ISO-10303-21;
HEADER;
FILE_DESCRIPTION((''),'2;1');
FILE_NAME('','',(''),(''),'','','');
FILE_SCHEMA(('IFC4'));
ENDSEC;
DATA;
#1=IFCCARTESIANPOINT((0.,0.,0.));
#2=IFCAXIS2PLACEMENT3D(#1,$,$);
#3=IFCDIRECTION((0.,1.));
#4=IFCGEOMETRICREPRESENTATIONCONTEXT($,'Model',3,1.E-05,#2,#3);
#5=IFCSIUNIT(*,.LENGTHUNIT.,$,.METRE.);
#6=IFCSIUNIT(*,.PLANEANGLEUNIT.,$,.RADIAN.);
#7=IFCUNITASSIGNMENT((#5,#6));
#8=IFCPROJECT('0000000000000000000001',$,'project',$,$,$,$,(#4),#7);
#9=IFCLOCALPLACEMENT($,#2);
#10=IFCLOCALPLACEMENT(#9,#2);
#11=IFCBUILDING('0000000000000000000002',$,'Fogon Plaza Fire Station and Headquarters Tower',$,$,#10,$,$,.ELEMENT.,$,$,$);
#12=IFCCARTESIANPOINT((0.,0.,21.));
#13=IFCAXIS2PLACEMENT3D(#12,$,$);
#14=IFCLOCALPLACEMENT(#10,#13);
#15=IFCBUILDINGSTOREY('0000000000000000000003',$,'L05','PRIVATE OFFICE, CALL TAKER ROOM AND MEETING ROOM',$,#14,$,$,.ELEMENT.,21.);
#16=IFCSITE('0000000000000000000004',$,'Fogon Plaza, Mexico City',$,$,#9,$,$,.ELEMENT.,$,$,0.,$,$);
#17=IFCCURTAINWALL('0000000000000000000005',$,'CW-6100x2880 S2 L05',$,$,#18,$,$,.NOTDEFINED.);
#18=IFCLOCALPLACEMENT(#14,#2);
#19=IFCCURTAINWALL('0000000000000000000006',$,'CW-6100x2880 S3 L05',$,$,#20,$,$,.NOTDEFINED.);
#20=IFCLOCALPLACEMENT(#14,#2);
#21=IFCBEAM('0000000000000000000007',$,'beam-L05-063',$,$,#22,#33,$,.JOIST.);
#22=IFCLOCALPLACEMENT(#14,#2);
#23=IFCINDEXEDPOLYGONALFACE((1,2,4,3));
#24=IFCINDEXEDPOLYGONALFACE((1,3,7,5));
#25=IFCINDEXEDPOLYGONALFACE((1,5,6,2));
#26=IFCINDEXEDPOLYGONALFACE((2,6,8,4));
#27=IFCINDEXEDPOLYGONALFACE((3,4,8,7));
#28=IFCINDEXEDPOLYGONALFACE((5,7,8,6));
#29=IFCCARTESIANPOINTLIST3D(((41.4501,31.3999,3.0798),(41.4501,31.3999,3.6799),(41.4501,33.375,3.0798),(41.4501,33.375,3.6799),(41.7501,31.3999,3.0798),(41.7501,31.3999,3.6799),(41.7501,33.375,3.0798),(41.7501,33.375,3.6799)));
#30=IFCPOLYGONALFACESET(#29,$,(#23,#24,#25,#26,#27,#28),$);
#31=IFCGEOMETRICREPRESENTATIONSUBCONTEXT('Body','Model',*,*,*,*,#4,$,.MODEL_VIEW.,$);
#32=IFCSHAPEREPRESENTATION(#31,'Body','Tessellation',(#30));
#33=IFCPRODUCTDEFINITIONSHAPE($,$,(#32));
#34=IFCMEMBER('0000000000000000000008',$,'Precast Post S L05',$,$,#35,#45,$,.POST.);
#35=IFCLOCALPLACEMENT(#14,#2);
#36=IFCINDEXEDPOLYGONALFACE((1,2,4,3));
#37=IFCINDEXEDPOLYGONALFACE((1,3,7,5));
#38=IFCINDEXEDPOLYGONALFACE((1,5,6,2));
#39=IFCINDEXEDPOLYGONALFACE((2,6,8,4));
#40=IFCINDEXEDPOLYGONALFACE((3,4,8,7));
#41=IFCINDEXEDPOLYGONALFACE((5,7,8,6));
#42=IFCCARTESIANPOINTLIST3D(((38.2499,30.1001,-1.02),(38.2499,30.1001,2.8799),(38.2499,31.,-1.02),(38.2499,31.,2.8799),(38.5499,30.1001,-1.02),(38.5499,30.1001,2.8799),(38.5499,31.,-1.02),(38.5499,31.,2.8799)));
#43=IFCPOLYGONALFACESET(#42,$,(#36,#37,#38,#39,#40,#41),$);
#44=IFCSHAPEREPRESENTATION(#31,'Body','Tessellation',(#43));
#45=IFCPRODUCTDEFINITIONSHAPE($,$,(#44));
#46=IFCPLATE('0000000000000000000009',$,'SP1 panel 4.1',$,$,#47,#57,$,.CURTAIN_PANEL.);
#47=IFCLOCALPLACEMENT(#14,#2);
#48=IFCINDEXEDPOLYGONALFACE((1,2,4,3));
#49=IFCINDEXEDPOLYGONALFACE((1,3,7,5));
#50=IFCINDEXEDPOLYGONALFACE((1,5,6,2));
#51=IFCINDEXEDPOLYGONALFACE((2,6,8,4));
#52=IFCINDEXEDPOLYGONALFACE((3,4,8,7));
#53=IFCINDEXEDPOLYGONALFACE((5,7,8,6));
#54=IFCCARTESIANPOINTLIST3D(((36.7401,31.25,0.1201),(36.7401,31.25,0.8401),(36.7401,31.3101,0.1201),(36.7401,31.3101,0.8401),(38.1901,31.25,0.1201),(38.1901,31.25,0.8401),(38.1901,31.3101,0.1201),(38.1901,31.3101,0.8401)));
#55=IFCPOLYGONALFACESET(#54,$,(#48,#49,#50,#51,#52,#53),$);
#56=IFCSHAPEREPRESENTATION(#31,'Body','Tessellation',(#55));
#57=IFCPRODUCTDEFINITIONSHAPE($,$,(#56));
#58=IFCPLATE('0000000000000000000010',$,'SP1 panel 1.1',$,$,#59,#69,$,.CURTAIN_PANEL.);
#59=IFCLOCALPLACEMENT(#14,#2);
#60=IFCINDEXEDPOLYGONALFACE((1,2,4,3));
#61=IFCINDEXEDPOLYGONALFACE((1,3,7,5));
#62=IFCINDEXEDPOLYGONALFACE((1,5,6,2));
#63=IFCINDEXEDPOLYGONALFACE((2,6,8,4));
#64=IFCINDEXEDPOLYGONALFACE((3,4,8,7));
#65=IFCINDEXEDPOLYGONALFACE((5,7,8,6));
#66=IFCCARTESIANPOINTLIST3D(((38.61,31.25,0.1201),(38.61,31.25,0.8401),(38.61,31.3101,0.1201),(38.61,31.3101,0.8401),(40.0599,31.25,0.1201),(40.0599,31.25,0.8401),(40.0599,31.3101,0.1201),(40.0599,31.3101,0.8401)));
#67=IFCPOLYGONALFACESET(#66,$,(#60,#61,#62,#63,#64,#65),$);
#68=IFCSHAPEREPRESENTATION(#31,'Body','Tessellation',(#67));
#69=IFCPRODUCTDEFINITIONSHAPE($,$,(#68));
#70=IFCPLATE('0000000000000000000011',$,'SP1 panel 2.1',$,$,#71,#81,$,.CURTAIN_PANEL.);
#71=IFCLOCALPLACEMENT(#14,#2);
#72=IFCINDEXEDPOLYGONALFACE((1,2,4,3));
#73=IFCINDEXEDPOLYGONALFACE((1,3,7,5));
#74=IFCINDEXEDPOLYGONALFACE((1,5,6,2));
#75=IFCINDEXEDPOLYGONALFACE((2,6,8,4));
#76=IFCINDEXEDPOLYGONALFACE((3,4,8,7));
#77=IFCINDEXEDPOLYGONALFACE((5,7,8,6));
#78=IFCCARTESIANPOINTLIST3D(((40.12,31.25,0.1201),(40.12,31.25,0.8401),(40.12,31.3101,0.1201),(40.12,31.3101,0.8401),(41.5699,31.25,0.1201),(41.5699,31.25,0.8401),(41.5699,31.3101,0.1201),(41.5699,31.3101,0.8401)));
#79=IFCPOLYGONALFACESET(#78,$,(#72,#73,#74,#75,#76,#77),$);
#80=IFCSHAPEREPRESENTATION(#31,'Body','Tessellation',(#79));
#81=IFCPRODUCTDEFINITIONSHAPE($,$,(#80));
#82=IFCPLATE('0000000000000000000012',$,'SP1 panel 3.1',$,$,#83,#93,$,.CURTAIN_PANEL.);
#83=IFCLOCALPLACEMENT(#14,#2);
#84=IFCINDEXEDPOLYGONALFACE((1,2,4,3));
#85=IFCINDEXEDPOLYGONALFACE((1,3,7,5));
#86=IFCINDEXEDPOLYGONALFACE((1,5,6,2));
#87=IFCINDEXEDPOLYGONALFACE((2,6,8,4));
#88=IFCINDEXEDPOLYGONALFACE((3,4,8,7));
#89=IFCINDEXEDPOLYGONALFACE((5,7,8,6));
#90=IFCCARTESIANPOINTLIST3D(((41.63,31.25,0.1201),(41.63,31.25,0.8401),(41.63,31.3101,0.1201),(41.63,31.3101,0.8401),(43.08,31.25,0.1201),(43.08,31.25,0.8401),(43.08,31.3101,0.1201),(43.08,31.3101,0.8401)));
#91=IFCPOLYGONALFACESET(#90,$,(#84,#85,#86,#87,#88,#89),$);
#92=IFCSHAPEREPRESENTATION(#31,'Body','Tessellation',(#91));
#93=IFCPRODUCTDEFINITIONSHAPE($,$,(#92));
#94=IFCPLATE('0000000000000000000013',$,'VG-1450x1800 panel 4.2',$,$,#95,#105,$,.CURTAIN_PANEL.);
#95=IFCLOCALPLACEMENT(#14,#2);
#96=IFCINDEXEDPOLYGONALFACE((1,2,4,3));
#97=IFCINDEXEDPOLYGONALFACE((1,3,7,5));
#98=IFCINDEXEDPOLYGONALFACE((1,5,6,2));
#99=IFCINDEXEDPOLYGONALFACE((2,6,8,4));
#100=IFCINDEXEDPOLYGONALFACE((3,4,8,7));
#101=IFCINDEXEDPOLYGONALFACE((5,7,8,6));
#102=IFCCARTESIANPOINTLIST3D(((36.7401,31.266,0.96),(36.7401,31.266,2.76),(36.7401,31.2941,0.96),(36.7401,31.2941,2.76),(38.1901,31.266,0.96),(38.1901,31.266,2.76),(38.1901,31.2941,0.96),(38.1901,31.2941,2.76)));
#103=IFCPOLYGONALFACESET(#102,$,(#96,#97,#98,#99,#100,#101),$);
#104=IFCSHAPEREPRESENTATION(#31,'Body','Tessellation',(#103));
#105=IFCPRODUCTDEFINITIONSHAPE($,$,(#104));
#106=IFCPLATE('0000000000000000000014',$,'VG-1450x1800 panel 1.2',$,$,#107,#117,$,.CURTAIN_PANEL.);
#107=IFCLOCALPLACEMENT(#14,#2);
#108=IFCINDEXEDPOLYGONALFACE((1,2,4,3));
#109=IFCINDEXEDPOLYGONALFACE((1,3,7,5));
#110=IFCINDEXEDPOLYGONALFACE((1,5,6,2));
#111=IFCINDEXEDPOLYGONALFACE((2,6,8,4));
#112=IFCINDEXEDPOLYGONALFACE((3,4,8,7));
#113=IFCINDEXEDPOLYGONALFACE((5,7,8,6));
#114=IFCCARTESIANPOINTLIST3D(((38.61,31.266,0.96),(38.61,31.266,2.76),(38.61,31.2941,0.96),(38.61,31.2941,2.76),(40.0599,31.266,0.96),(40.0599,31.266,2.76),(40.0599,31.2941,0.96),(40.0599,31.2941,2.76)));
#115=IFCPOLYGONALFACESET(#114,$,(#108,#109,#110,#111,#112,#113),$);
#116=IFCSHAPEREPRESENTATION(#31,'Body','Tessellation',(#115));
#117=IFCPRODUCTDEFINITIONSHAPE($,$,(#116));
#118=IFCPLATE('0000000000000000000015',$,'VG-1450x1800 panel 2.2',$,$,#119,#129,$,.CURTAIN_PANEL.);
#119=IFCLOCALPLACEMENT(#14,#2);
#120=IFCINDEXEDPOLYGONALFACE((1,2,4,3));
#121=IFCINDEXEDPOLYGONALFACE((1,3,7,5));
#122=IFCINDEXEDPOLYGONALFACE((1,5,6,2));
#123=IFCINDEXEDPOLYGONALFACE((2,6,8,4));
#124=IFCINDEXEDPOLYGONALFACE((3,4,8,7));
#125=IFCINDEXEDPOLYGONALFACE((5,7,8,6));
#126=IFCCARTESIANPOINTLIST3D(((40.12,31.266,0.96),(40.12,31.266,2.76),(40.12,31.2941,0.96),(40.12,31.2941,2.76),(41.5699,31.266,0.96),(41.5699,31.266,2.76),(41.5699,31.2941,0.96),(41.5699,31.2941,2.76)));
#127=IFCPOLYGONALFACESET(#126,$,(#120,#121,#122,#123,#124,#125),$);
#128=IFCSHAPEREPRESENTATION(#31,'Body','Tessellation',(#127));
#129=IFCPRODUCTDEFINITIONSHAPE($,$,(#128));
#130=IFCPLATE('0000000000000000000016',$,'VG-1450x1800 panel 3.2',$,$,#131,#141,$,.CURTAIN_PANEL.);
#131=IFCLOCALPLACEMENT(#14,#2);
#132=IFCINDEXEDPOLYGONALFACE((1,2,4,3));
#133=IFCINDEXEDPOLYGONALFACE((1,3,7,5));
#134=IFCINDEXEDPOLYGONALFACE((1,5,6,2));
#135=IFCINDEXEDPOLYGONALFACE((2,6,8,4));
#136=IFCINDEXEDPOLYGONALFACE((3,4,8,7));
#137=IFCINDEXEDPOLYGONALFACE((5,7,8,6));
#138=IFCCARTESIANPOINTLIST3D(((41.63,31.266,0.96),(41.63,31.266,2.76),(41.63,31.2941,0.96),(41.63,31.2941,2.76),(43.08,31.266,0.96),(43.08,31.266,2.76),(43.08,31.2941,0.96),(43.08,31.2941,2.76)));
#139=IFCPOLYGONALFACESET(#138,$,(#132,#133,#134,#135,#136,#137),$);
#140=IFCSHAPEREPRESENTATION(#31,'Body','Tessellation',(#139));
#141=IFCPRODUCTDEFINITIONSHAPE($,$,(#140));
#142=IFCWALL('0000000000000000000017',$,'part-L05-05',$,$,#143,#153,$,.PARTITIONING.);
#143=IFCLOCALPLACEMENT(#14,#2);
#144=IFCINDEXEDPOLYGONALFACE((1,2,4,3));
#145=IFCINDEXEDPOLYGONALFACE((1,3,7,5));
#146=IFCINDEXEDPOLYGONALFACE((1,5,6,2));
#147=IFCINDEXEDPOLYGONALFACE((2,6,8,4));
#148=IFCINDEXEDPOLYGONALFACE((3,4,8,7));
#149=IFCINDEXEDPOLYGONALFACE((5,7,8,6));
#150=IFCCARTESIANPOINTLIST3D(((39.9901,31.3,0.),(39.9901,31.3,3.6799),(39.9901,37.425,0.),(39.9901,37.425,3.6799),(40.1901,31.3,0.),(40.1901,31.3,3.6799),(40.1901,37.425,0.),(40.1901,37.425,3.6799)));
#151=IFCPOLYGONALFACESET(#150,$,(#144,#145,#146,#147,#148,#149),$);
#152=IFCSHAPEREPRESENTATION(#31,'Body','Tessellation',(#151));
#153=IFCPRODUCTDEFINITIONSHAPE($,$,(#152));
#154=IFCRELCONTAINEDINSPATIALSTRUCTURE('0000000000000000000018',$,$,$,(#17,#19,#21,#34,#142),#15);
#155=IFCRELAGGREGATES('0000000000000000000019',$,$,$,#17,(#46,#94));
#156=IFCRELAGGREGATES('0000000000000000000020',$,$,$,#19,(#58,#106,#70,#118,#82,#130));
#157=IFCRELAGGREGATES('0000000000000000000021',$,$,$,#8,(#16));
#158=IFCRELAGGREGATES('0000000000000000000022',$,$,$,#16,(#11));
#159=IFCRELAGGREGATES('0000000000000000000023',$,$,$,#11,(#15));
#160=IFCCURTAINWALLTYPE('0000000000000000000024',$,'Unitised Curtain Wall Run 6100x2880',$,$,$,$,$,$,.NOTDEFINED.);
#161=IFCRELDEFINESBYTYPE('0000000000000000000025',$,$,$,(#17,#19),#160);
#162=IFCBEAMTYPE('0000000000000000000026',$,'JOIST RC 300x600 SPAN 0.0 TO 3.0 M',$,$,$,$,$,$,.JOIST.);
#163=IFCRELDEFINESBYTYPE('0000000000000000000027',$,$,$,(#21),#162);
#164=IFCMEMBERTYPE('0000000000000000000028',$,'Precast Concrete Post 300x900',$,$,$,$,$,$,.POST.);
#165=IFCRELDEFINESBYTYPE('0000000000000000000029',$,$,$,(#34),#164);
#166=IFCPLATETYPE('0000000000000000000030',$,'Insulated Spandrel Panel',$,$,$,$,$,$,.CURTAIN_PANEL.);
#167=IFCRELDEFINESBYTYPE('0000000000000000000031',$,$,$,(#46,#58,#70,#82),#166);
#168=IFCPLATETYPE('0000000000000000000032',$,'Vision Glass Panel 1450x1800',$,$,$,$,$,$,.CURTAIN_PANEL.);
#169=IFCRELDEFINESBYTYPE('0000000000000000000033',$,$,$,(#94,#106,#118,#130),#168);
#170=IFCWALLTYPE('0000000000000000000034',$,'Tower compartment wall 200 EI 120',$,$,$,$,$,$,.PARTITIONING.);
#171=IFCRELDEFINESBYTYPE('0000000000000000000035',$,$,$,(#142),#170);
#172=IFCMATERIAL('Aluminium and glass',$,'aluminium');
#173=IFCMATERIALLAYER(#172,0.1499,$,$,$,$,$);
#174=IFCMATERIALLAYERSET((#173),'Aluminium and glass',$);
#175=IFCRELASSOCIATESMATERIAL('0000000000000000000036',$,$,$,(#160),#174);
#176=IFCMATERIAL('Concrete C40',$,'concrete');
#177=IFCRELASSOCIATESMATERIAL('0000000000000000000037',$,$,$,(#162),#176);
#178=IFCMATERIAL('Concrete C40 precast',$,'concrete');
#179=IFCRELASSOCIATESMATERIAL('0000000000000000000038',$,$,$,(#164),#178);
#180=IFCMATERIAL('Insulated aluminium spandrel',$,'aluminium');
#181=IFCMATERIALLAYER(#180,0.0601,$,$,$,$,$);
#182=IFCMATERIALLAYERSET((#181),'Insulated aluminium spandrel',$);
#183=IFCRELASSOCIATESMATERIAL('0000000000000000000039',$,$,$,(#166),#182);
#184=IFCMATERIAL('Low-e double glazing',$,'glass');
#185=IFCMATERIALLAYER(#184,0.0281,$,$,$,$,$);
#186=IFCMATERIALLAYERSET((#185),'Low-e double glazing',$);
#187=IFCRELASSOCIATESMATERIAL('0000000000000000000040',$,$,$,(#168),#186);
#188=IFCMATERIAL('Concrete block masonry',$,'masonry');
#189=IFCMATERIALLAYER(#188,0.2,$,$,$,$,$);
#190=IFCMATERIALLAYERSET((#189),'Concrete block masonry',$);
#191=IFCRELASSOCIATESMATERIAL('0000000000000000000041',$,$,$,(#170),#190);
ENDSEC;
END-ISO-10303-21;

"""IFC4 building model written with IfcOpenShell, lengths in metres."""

from ifc_helpers import new_model, si_unit, direction, frame, frame_2d, origin, origin_2d, place, context, subcontext, project, spatial, rectangle, extrude, material, layer, layer_set, material_profile, profile_set, type_object, element, aggregate, save


model = new_model("IFC4")

# Units and contexts
model_context = context("Model", 3, precision=1e-05, world=origin(), true_north=direction((0.0, 1.0)))
body_context = subcontext(model_context, "Body", "Model", "MODEL_VIEW")
ifc_project = project(units=[si_unit("LENGTHUNIT", "METRE"), si_unit("PLANEANGLEUNIT", "RADIAN")], contexts=[model_context])

# Site, building, storey
site_placement = place(None, origin())
site = spatial("IfcSite", under=ifc_project, at=site_placement, Name="Fogon Plaza, Mexico City", CompositionType="ELEMENT", RefElevation=0.0)
building_placement = place(site_placement, origin())
building = spatial("IfcBuilding", under=site, at=building_placement, Name="Fogon Plaza Fire Station and Headquarters Tower", CompositionType="ELEMENT")
storey_placement = place(building_placement, frame((0.0, 0.0, 21.0)))
storey = spatial("IfcBuildingStorey", under=building, at=storey_placement, Name="L05", Description="PRIVATE OFFICE, CALL TAKER ROOM AND MEETING ROOM", CompositionType="ELEMENT", Elevation=21.0)

# Curtain walls
ifc_material_1 = material(Name="Aluminium and glass", Category="aluminium")
ifc_layer_1 = layer(ifc_material_1, 0.1499)
ifc_layer_set_1 = layer_set([ifc_layer_1], Name="Aluminium and glass")
curtain_wall_type = type_object("IfcCurtainWallType", Name="Unitised Curtain Wall Run 6100x2880", PredefinedType="NOTDEFINED", material=ifc_layer_set_1)
curtain_wall_1_placement = place(storey_placement, origin())
curtain_wall_1 = element("IfcCurtainWall", 1, at=curtain_wall_1_placement, inside=storey, type_object=curtain_wall_type, Name="CW-6100x2880 S2 L05", PredefinedType="NOTDEFINED")
curtain_wall_2_placement = place(storey_placement, origin())
curtain_wall_2 = element("IfcCurtainWall", 2, at=curtain_wall_2_placement, inside=storey, type_object=curtain_wall_type, Name="CW-6100x2880 S3 L05", PredefinedType="NOTDEFINED")

# Beam
ifc_material_2 = material(Name="Concrete C40", Category="concrete")
ifc_material_profile_1 = material_profile(ifc_material_2, rectangle(XDim=0.3, YDim=0.6001, at=origin_2d()), Name="RC 300x600")
ifc_profile_set_1 = profile_set([ifc_material_profile_1], Name="Concrete C40")
beam_type_1 = type_object("IfcBeamType", Name="JOIST RC 300x600 SPAN 0.0 TO 3.0 M", PredefinedType="JOIST", material=ifc_profile_set_1)
beam_1_placement = place(storey_placement, frame((41.6001, 31.3999, 3.3799), z_axis=(0.0, 1.0, 0.0), x_axis=(-1.0, 0.0, 0.0)))
element("IfcBeam", 3, at=beam_1_placement, inside=storey, type_object=beam_type_1, Name="beam-L05-063", PredefinedType="JOIST", context=body_context, shape_type="SweptSolid", body=[
    extrude(rectangle(XDim=0.3, YDim=0.6001, at=origin_2d()), origin(), (0.0, 0.0, 1.0), 1.9751),
])

# Member
ifc_material_3 = material(Name="Concrete C40 precast", Category="concrete")
ifc_material_profile_2 = material_profile(ifc_material_3, rectangle(XDim=0.3, YDim=0.8999, at=origin_2d()), Name="Precast Concrete Post 300x900")
ifc_profile_set_2 = profile_set([ifc_material_profile_2], Name="Concrete C40 precast")
member_type_1 = type_object("IfcMemberType", Name="Precast Concrete Post 300x900", PredefinedType="POST", material=ifc_profile_set_2)
member_1_placement = place(storey_placement, frame((38.3999, 30.55, -1.02), z_axis=(0.0, 0.0, 1.0), x_axis=(1.0, 0.0, 0.0)))
element("IfcMember", 4, at=member_1_placement, inside=storey, type_object=member_type_1, Name="Precast Post S L05", PredefinedType="POST", context=body_context, shape_type="SweptSolid", body=[
    extrude(rectangle(XDim=0.3, YDim=0.8999, at=origin_2d()), origin(), (0.0, 0.0, 1.0), 3.8999),
])

# Plates
ifc_material_4 = material(Name="Insulated aluminium spandrel", Category="aluminium")
ifc_layer_2 = layer(ifc_material_4, 0.0601)
ifc_layer_set_2 = layer_set([ifc_layer_2], Name="Insulated aluminium spandrel")
plate_type_1 = type_object("IfcPlateType", Name="Insulated Spandrel Panel", PredefinedType="CURTAIN_PANEL", material=ifc_layer_set_2)
plate_1_placement = place(storey_placement, frame((37.4651, 31.28, 0.1201), z_axis=(0.0, 0.0, 1.0), x_axis=(1.0, 0.0, 0.0)))
plate_1 = element("IfcPlate", 5, at=plate_1_placement, type_object=plate_type_1, Name="SP1 panel 4.1", PredefinedType="CURTAIN_PANEL", context=body_context, shape_type="SweptSolid", body=[
    extrude(rectangle(XDim=1.45, YDim=0.0601, at=origin_2d()), origin(), (0.0, 0.0, 1.0), 0.72),
])
plate_2_placement = place(storey_placement, frame((39.335, 31.28, 0.1201), z_axis=(0.0, 0.0, 1.0), x_axis=(1.0, 0.0, 0.0)))
plate_2 = element("IfcPlate", 6, at=plate_2_placement, type_object=plate_type_1, Name="SP1 panel 1.1", PredefinedType="CURTAIN_PANEL", context=body_context, shape_type="SweptSolid", body=[
    extrude(rectangle(XDim=1.45, YDim=0.0601, at=origin_2d()), origin(), (0.0, 0.0, 1.0), 0.72),
])
plate_3_placement = place(storey_placement, frame((40.845, 31.28, 0.1201), z_axis=(0.0, 0.0, 1.0), x_axis=(1.0, 0.0, 0.0)))
plate_3 = element("IfcPlate", 7, at=plate_3_placement, type_object=plate_type_1, Name="SP1 panel 2.1", PredefinedType="CURTAIN_PANEL", context=body_context, shape_type="SweptSolid", body=[
    extrude(rectangle(XDim=1.45, YDim=0.0601, at=origin_2d()), origin(), (0.0, 0.0, 1.0), 0.72),
])
plate_4_placement = place(storey_placement, frame((42.355, 31.28, 0.1201), z_axis=(0.0, 0.0, 1.0), x_axis=(1.0, 0.0, 0.0)))
plate_4 = element("IfcPlate", 8, at=plate_4_placement, type_object=plate_type_1, Name="SP1 panel 3.1", PredefinedType="CURTAIN_PANEL", context=body_context, shape_type="SweptSolid", body=[
    extrude(rectangle(XDim=1.45, YDim=0.0601, at=origin_2d()), origin(), (0.0, 0.0, 1.0), 0.72),
])
ifc_material_5 = material(Name="Low-e double glazing", Category="glass")
ifc_layer_3 = layer(ifc_material_5, 0.0281)
ifc_layer_set_3 = layer_set([ifc_layer_3], Name="Low-e double glazing")
plate_type_2 = type_object("IfcPlateType", Name="Vision Glass Panel 1450x1800", PredefinedType="CURTAIN_PANEL", material=ifc_layer_set_3)
plate_5_placement = place(storey_placement, frame((37.4651, 31.28, 0.96), z_axis=(0.0, 0.0, 1.0), x_axis=(1.0, 0.0, 0.0)))
plate_5 = element("IfcPlate", 9, at=plate_5_placement, type_object=plate_type_2, Name="VG-1450x1800 panel 4.2", PredefinedType="CURTAIN_PANEL", context=body_context, shape_type="SweptSolid", body=[
    extrude(rectangle(XDim=1.45, YDim=0.0281, at=origin_2d()), origin(), (0.0, 0.0, 1.0), 1.8),
])
aggregate(curtain_wall_1, [plate_1, plate_5])
plate_6_placement = place(storey_placement, frame((39.335, 31.28, 0.96), z_axis=(0.0, 0.0, 1.0), x_axis=(1.0, 0.0, 0.0)))
plate_6 = element("IfcPlate", 10, at=plate_6_placement, type_object=plate_type_2, Name="VG-1450x1800 panel 1.2", PredefinedType="CURTAIN_PANEL", context=body_context, shape_type="SweptSolid", body=[
    extrude(rectangle(XDim=1.45, YDim=0.0281, at=origin_2d()), origin(), (0.0, 0.0, 1.0), 1.8),
])
plate_7_placement = place(storey_placement, frame((40.845, 31.28, 0.96), z_axis=(0.0, 0.0, 1.0), x_axis=(1.0, 0.0, 0.0)))
plate_7 = element("IfcPlate", 11, at=plate_7_placement, type_object=plate_type_2, Name="VG-1450x1800 panel 2.2", PredefinedType="CURTAIN_PANEL", context=body_context, shape_type="SweptSolid", body=[
    extrude(rectangle(XDim=1.45, YDim=0.0281, at=origin_2d()), origin(), (0.0, 0.0, 1.0), 1.8),
])
plate_8_placement = place(storey_placement, frame((42.355, 31.28, 0.96), z_axis=(0.0, 0.0, 1.0), x_axis=(1.0, 0.0, 0.0)))
plate_8 = element("IfcPlate", 12, at=plate_8_placement, type_object=plate_type_2, Name="VG-1450x1800 panel 3.2", PredefinedType="CURTAIN_PANEL", context=body_context, shape_type="SweptSolid", body=[
    extrude(rectangle(XDim=1.45, YDim=0.0281, at=origin_2d()), origin(), (0.0, 0.0, 1.0), 1.8),
])
aggregate(curtain_wall_2, [plate_2, plate_6, plate_3, plate_7, plate_4, plate_8])

# Wall
ifc_material_6 = material(Name="Concrete block masonry", Category="masonry")
ifc_layer_4 = layer(ifc_material_6, 0.2)
ifc_layer_set_4 = layer_set([ifc_layer_4], Name="Concrete block masonry")
wall_type = type_object("IfcWallType", Name="Tower compartment wall 200 EI 120", PredefinedType="PARTITIONING", material=ifc_layer_set_4)
wall_placement = place(storey_placement, frame((40.0901, 31.3, 0.0), z_axis=(0.0, 0.0, 1.0), x_axis=(0.0, 1.0, 0.0)))
element("IfcWall", 13, at=wall_placement, inside=storey, type_object=wall_type, Name="part-L05-05", PredefinedType="PARTITIONING", context=body_context, shape_type="SweptSolid", body=[
    extrude(rectangle(XDim=6.125, YDim=0.2, at=frame_2d((3.0625, 0.0))), origin(), (0.0, 0.0, 1.0), 3.6799),
])

save(model, "model.ifc")
